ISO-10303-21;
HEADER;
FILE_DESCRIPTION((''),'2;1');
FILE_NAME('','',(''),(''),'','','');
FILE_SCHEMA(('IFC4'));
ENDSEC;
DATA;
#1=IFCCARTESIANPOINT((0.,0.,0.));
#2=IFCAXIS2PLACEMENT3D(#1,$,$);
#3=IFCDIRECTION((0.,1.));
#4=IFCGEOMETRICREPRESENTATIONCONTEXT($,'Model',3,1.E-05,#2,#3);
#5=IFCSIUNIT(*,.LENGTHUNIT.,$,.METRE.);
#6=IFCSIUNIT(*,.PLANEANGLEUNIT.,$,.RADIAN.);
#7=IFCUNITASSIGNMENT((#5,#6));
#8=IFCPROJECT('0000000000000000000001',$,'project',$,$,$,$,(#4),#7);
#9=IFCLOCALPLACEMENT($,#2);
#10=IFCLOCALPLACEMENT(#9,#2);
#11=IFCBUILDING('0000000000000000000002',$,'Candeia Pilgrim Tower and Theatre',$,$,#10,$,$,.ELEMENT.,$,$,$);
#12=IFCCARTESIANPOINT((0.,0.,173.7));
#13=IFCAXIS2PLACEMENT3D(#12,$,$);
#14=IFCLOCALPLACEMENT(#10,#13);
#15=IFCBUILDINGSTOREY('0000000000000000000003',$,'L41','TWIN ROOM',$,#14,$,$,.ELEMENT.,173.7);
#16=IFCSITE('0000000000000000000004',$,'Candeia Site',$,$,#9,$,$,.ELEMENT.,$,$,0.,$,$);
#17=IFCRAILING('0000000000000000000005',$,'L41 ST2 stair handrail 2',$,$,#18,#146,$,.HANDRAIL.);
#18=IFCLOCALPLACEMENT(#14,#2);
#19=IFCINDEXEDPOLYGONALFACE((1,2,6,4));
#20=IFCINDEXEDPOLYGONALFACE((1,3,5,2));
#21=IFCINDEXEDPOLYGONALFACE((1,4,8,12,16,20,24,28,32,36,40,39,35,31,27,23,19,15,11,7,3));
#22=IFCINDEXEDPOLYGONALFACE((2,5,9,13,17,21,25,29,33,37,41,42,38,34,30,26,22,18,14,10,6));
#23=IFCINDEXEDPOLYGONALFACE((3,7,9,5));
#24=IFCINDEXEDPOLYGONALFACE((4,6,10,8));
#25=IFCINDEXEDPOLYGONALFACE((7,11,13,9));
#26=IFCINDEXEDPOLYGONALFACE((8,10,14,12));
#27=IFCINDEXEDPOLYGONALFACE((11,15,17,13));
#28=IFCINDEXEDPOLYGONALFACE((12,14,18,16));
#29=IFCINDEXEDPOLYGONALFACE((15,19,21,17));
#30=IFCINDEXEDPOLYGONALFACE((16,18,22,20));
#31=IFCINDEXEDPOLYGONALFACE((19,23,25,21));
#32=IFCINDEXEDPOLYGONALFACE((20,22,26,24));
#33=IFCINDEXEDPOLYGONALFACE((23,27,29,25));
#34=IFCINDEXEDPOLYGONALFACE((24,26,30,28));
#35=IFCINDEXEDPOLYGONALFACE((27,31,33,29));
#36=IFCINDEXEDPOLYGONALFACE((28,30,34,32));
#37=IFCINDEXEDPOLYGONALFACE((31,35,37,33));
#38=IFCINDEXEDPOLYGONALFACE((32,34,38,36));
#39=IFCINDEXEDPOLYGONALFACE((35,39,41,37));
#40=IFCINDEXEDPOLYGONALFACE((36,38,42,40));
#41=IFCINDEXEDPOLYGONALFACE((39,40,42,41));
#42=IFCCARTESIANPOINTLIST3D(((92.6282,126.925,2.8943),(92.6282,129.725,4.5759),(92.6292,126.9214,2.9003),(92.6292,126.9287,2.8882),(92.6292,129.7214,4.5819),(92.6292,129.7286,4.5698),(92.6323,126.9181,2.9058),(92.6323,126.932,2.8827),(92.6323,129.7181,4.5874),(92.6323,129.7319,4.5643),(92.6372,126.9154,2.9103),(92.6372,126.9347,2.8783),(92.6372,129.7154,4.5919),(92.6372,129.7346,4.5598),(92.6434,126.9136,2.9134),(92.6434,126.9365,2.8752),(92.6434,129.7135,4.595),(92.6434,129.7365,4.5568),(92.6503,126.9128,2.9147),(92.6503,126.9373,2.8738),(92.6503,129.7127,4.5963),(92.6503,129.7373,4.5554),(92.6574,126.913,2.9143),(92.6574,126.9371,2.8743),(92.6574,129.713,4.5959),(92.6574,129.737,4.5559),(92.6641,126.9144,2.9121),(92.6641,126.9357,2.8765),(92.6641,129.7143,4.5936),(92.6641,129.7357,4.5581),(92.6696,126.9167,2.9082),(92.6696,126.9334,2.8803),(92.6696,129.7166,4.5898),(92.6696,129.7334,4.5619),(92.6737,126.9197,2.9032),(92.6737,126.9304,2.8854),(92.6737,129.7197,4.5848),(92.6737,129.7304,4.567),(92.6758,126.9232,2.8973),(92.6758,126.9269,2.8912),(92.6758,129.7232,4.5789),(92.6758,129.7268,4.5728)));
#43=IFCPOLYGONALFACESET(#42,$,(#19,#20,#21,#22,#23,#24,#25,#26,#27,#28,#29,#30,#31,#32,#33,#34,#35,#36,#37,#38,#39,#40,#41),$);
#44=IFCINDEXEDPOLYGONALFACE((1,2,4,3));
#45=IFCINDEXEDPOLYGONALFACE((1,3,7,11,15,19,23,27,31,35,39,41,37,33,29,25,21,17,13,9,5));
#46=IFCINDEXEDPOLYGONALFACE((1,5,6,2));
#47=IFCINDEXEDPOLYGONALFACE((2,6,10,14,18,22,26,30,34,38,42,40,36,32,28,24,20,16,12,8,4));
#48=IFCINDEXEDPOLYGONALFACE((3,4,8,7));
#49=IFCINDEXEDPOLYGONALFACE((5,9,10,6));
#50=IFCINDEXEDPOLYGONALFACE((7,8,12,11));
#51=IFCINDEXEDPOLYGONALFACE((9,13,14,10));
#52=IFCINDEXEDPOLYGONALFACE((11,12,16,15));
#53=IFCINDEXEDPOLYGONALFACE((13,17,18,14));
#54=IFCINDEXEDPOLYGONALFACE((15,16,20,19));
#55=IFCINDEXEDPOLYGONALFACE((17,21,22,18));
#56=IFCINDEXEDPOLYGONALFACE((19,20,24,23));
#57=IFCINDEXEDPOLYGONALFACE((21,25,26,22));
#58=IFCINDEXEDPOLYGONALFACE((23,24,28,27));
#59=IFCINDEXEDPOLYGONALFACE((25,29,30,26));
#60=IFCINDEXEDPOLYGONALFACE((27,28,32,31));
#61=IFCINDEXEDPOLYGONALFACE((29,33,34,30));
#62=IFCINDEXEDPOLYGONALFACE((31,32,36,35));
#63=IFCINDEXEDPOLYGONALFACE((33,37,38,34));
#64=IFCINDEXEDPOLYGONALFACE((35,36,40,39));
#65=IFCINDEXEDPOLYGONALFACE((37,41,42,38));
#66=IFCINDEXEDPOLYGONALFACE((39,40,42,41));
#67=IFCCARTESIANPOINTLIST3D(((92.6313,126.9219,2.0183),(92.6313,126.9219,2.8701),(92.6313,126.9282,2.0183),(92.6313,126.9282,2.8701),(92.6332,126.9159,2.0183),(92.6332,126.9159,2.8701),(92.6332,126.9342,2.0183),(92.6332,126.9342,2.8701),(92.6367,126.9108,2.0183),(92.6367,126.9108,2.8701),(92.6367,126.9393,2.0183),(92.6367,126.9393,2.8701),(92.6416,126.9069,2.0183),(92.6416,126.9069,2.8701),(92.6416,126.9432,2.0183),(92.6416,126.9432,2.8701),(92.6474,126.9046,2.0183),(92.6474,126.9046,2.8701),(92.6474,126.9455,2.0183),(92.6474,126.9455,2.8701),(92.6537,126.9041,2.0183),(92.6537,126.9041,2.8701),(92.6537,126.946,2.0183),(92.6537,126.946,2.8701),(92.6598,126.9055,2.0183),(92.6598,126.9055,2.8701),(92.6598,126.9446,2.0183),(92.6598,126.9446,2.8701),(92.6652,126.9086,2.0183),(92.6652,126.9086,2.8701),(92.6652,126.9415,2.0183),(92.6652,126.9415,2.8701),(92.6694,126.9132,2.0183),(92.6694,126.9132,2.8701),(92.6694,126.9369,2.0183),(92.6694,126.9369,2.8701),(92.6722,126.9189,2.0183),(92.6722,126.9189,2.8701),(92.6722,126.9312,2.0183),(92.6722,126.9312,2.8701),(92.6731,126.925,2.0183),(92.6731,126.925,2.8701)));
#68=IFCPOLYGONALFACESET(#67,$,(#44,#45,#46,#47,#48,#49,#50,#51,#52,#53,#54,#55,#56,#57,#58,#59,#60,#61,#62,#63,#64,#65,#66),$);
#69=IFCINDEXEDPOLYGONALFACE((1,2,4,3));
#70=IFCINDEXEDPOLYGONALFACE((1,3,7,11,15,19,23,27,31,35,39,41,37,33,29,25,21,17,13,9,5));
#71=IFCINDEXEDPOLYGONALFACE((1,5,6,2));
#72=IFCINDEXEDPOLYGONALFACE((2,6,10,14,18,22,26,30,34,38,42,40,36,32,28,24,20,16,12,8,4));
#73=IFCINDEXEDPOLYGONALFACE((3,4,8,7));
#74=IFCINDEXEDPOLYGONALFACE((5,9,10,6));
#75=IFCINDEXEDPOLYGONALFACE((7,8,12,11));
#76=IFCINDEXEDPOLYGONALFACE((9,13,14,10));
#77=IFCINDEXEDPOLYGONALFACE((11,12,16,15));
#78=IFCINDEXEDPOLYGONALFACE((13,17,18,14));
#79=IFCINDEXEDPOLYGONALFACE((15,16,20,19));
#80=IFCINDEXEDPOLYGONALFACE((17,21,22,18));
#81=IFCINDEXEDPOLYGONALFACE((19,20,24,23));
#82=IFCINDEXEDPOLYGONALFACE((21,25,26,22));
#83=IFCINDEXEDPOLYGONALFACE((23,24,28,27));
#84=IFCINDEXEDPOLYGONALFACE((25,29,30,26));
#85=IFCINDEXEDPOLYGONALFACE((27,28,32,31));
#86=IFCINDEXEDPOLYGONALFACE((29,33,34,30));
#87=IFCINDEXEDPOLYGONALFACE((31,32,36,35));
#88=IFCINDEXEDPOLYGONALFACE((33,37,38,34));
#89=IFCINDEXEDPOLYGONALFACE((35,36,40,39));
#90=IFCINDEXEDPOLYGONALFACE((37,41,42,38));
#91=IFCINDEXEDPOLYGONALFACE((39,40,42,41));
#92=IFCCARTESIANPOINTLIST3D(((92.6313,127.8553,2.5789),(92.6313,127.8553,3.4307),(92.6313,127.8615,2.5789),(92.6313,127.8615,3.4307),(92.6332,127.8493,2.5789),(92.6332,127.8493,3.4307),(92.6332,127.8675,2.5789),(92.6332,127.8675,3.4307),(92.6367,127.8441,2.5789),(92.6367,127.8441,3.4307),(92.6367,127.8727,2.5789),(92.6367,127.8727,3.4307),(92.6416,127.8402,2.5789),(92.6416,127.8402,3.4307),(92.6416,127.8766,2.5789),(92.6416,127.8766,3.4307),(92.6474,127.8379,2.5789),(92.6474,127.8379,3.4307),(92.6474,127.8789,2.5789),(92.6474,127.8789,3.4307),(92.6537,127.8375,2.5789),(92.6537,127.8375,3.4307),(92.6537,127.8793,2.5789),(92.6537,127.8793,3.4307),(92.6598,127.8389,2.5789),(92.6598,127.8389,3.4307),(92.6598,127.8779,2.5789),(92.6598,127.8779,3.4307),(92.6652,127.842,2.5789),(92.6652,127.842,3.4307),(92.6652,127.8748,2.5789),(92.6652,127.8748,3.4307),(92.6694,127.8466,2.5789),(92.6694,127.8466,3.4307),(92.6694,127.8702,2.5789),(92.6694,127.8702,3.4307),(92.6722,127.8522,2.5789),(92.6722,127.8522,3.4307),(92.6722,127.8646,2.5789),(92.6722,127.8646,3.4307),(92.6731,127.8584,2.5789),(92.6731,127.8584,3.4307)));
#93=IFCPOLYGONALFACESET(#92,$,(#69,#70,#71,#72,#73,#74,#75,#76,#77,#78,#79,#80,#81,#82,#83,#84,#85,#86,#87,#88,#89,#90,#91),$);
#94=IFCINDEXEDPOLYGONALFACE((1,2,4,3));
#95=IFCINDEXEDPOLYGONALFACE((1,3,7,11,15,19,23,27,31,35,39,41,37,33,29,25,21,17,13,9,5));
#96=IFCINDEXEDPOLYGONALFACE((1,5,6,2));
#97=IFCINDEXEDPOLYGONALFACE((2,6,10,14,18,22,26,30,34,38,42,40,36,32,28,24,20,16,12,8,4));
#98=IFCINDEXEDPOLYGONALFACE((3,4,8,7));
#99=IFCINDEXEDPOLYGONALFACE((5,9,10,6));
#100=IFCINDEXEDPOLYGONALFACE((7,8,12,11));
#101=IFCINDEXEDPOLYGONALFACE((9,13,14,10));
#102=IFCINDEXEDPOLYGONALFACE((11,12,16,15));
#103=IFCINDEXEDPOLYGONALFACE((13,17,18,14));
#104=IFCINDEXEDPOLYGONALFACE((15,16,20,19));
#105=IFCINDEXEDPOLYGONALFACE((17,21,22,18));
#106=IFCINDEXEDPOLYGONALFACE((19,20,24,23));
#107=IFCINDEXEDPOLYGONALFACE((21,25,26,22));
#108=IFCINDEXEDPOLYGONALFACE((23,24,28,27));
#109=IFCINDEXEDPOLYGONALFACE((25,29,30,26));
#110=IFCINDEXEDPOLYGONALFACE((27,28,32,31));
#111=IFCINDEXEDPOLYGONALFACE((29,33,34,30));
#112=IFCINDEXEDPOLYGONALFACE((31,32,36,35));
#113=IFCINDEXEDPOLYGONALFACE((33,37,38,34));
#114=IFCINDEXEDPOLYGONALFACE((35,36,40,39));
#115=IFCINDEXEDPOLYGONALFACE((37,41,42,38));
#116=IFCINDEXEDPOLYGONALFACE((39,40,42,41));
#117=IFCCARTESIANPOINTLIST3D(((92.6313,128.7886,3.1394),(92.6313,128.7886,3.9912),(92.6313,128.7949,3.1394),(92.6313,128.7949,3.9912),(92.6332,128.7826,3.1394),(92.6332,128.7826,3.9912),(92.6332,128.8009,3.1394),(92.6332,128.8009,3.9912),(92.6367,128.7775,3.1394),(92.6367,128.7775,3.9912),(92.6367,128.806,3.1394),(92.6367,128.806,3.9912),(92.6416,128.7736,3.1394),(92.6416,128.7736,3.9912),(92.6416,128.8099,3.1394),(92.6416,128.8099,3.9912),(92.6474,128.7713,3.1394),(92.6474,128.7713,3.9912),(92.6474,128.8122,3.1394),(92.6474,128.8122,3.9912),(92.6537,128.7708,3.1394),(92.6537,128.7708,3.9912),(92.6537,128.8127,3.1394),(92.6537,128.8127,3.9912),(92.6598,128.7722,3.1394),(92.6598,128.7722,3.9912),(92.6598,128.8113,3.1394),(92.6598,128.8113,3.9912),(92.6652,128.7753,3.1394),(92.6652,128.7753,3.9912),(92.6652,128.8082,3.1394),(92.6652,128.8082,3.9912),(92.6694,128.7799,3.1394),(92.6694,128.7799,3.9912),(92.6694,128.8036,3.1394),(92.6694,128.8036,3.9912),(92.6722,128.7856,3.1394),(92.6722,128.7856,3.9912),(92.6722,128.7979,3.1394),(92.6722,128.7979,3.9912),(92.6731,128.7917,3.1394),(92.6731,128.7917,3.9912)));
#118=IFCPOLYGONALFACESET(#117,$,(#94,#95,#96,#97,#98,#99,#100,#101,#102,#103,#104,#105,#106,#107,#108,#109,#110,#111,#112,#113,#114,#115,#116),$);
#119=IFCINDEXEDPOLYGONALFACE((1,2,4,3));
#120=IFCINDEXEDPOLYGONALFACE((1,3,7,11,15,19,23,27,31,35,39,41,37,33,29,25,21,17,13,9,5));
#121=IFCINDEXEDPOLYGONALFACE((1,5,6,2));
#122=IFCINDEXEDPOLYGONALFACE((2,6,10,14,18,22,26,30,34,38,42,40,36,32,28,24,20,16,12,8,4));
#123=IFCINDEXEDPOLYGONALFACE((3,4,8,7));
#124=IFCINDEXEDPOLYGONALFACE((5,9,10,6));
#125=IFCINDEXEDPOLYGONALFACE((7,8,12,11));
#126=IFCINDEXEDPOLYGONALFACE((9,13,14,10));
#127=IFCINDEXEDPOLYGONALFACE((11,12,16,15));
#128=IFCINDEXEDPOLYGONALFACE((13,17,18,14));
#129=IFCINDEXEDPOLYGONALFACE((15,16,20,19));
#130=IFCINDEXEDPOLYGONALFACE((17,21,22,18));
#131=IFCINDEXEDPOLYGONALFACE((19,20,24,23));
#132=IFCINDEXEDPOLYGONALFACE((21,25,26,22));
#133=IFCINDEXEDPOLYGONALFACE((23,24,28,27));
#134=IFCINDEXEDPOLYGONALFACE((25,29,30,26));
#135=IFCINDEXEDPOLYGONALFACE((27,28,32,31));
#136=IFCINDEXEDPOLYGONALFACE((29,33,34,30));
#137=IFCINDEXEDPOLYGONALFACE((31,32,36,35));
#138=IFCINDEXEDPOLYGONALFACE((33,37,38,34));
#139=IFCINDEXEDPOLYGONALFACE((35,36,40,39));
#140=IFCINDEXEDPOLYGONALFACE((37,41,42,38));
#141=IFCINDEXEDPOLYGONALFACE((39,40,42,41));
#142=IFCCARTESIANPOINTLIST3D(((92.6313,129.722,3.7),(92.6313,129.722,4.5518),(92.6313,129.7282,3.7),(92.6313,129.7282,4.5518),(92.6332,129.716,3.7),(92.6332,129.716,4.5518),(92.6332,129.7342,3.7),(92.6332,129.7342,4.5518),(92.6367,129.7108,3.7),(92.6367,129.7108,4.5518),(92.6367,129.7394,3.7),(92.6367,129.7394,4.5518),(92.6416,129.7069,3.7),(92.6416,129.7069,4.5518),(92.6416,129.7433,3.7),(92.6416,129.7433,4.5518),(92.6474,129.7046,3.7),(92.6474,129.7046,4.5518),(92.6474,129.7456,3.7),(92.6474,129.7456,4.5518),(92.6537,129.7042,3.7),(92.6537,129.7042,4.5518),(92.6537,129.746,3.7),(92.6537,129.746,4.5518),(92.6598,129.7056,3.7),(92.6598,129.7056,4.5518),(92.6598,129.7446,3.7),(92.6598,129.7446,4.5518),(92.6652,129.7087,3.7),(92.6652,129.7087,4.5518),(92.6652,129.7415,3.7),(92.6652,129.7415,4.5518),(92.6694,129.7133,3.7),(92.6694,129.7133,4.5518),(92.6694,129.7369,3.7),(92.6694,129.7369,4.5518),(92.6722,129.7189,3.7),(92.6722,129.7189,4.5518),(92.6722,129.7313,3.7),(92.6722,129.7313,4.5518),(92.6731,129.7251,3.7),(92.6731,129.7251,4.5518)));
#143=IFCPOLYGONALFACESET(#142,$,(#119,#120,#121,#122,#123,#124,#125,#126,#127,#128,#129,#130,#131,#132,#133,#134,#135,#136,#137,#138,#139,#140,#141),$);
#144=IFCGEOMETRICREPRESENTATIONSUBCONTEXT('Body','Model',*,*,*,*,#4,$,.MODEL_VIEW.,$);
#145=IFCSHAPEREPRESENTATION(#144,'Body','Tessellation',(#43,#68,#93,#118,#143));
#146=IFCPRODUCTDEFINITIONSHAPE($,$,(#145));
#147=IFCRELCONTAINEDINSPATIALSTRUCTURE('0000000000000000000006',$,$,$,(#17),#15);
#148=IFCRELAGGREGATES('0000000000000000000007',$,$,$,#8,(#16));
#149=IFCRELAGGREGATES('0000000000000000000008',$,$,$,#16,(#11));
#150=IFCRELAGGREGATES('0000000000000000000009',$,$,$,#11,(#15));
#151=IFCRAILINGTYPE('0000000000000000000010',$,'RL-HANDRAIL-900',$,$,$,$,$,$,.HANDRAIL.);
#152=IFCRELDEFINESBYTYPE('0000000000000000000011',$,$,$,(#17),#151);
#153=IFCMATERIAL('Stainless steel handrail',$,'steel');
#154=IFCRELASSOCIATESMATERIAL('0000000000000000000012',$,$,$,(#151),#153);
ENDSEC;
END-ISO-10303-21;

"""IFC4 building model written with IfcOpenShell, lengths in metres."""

from ifc_helpers import new_model, si_unit, direction, frame, origin, origin_2d, place, context, subcontext, project, spatial, circle, extrude, material, type_object, element, save


model = new_model("IFC4")

# Units and contexts
model_context = context("Model", 3, precision=1e-05, world=origin(), true_north=direction((0.0, 1.0)))
body_context = subcontext(model_context, "Body", "Model", "MODEL_VIEW")
ifc_project = project(units=[si_unit("LENGTHUNIT", "METRE"), si_unit("PLANEANGLEUNIT", "RADIAN")], contexts=[model_context])

# Site, building, storey
site_placement = place(None, origin())
site = spatial("IfcSite", under=ifc_project, at=site_placement, Name="Candeia Site", CompositionType="ELEMENT", RefElevation=0.0)
building_placement = place(site_placement, origin())
building = spatial("IfcBuilding", under=site, at=building_placement, Name="Candeia Pilgrim Tower and Theatre", CompositionType="ELEMENT")
storey_placement = place(building_placement, frame((0.0, 0.0, 173.7)))
storey = spatial("IfcBuildingStorey", under=building, at=storey_placement, Name="L41", Description="TWIN ROOM", CompositionType="ELEMENT", Elevation=173.7)

# Railing
ifc_material_1 = material(Name="Stainless steel handrail", Category="steel")
railing_type_1 = type_object("IfcRailingType", Name="RL-HANDRAIL-900", PredefinedType="HANDRAIL", material=ifc_material_1)
railing_1_placement = place(storey_placement, frame((92.6521, 126.925, 2.0183)))
element("IfcRailing", 1, at=railing_1_placement, inside=storey, type_object=railing_type_1, Name="L41 ST2 stair handrail 2", PredefinedType="HANDRAIL", context=body_context, shape_type="SweptSolid", body=[
    extrude(circle(Radius=0.0239, at=origin_2d()), frame((0.0, 0.0, 0.876), z_axis=(0.0, 0.857275, 0.514858), x_axis=(-1.0, 0.0, 0.0)), (0.0, 0.0, 1.0), 3.2661),
    extrude(circle(Radius=0.021, at=origin_2d()), origin(), (0.0, 0.0, 1.0), 0.8518),
    extrude(circle(Radius=0.021, at=origin_2d()), frame((0.0, 0.9333, 0.5605)), (0.0, 0.0, 1.0), 0.8518),
    extrude(circle(Radius=0.021, at=origin_2d()), frame((0.0, 1.8667, 1.1211)), (0.0, 0.0, 1.0), 0.8518),
    extrude(circle(Radius=0.021, at=origin_2d()), frame((0.0, 2.8, 1.6816)), (0.0, 0.0, 1.0), 0.8518),
])

save(model, "model.ifc")
